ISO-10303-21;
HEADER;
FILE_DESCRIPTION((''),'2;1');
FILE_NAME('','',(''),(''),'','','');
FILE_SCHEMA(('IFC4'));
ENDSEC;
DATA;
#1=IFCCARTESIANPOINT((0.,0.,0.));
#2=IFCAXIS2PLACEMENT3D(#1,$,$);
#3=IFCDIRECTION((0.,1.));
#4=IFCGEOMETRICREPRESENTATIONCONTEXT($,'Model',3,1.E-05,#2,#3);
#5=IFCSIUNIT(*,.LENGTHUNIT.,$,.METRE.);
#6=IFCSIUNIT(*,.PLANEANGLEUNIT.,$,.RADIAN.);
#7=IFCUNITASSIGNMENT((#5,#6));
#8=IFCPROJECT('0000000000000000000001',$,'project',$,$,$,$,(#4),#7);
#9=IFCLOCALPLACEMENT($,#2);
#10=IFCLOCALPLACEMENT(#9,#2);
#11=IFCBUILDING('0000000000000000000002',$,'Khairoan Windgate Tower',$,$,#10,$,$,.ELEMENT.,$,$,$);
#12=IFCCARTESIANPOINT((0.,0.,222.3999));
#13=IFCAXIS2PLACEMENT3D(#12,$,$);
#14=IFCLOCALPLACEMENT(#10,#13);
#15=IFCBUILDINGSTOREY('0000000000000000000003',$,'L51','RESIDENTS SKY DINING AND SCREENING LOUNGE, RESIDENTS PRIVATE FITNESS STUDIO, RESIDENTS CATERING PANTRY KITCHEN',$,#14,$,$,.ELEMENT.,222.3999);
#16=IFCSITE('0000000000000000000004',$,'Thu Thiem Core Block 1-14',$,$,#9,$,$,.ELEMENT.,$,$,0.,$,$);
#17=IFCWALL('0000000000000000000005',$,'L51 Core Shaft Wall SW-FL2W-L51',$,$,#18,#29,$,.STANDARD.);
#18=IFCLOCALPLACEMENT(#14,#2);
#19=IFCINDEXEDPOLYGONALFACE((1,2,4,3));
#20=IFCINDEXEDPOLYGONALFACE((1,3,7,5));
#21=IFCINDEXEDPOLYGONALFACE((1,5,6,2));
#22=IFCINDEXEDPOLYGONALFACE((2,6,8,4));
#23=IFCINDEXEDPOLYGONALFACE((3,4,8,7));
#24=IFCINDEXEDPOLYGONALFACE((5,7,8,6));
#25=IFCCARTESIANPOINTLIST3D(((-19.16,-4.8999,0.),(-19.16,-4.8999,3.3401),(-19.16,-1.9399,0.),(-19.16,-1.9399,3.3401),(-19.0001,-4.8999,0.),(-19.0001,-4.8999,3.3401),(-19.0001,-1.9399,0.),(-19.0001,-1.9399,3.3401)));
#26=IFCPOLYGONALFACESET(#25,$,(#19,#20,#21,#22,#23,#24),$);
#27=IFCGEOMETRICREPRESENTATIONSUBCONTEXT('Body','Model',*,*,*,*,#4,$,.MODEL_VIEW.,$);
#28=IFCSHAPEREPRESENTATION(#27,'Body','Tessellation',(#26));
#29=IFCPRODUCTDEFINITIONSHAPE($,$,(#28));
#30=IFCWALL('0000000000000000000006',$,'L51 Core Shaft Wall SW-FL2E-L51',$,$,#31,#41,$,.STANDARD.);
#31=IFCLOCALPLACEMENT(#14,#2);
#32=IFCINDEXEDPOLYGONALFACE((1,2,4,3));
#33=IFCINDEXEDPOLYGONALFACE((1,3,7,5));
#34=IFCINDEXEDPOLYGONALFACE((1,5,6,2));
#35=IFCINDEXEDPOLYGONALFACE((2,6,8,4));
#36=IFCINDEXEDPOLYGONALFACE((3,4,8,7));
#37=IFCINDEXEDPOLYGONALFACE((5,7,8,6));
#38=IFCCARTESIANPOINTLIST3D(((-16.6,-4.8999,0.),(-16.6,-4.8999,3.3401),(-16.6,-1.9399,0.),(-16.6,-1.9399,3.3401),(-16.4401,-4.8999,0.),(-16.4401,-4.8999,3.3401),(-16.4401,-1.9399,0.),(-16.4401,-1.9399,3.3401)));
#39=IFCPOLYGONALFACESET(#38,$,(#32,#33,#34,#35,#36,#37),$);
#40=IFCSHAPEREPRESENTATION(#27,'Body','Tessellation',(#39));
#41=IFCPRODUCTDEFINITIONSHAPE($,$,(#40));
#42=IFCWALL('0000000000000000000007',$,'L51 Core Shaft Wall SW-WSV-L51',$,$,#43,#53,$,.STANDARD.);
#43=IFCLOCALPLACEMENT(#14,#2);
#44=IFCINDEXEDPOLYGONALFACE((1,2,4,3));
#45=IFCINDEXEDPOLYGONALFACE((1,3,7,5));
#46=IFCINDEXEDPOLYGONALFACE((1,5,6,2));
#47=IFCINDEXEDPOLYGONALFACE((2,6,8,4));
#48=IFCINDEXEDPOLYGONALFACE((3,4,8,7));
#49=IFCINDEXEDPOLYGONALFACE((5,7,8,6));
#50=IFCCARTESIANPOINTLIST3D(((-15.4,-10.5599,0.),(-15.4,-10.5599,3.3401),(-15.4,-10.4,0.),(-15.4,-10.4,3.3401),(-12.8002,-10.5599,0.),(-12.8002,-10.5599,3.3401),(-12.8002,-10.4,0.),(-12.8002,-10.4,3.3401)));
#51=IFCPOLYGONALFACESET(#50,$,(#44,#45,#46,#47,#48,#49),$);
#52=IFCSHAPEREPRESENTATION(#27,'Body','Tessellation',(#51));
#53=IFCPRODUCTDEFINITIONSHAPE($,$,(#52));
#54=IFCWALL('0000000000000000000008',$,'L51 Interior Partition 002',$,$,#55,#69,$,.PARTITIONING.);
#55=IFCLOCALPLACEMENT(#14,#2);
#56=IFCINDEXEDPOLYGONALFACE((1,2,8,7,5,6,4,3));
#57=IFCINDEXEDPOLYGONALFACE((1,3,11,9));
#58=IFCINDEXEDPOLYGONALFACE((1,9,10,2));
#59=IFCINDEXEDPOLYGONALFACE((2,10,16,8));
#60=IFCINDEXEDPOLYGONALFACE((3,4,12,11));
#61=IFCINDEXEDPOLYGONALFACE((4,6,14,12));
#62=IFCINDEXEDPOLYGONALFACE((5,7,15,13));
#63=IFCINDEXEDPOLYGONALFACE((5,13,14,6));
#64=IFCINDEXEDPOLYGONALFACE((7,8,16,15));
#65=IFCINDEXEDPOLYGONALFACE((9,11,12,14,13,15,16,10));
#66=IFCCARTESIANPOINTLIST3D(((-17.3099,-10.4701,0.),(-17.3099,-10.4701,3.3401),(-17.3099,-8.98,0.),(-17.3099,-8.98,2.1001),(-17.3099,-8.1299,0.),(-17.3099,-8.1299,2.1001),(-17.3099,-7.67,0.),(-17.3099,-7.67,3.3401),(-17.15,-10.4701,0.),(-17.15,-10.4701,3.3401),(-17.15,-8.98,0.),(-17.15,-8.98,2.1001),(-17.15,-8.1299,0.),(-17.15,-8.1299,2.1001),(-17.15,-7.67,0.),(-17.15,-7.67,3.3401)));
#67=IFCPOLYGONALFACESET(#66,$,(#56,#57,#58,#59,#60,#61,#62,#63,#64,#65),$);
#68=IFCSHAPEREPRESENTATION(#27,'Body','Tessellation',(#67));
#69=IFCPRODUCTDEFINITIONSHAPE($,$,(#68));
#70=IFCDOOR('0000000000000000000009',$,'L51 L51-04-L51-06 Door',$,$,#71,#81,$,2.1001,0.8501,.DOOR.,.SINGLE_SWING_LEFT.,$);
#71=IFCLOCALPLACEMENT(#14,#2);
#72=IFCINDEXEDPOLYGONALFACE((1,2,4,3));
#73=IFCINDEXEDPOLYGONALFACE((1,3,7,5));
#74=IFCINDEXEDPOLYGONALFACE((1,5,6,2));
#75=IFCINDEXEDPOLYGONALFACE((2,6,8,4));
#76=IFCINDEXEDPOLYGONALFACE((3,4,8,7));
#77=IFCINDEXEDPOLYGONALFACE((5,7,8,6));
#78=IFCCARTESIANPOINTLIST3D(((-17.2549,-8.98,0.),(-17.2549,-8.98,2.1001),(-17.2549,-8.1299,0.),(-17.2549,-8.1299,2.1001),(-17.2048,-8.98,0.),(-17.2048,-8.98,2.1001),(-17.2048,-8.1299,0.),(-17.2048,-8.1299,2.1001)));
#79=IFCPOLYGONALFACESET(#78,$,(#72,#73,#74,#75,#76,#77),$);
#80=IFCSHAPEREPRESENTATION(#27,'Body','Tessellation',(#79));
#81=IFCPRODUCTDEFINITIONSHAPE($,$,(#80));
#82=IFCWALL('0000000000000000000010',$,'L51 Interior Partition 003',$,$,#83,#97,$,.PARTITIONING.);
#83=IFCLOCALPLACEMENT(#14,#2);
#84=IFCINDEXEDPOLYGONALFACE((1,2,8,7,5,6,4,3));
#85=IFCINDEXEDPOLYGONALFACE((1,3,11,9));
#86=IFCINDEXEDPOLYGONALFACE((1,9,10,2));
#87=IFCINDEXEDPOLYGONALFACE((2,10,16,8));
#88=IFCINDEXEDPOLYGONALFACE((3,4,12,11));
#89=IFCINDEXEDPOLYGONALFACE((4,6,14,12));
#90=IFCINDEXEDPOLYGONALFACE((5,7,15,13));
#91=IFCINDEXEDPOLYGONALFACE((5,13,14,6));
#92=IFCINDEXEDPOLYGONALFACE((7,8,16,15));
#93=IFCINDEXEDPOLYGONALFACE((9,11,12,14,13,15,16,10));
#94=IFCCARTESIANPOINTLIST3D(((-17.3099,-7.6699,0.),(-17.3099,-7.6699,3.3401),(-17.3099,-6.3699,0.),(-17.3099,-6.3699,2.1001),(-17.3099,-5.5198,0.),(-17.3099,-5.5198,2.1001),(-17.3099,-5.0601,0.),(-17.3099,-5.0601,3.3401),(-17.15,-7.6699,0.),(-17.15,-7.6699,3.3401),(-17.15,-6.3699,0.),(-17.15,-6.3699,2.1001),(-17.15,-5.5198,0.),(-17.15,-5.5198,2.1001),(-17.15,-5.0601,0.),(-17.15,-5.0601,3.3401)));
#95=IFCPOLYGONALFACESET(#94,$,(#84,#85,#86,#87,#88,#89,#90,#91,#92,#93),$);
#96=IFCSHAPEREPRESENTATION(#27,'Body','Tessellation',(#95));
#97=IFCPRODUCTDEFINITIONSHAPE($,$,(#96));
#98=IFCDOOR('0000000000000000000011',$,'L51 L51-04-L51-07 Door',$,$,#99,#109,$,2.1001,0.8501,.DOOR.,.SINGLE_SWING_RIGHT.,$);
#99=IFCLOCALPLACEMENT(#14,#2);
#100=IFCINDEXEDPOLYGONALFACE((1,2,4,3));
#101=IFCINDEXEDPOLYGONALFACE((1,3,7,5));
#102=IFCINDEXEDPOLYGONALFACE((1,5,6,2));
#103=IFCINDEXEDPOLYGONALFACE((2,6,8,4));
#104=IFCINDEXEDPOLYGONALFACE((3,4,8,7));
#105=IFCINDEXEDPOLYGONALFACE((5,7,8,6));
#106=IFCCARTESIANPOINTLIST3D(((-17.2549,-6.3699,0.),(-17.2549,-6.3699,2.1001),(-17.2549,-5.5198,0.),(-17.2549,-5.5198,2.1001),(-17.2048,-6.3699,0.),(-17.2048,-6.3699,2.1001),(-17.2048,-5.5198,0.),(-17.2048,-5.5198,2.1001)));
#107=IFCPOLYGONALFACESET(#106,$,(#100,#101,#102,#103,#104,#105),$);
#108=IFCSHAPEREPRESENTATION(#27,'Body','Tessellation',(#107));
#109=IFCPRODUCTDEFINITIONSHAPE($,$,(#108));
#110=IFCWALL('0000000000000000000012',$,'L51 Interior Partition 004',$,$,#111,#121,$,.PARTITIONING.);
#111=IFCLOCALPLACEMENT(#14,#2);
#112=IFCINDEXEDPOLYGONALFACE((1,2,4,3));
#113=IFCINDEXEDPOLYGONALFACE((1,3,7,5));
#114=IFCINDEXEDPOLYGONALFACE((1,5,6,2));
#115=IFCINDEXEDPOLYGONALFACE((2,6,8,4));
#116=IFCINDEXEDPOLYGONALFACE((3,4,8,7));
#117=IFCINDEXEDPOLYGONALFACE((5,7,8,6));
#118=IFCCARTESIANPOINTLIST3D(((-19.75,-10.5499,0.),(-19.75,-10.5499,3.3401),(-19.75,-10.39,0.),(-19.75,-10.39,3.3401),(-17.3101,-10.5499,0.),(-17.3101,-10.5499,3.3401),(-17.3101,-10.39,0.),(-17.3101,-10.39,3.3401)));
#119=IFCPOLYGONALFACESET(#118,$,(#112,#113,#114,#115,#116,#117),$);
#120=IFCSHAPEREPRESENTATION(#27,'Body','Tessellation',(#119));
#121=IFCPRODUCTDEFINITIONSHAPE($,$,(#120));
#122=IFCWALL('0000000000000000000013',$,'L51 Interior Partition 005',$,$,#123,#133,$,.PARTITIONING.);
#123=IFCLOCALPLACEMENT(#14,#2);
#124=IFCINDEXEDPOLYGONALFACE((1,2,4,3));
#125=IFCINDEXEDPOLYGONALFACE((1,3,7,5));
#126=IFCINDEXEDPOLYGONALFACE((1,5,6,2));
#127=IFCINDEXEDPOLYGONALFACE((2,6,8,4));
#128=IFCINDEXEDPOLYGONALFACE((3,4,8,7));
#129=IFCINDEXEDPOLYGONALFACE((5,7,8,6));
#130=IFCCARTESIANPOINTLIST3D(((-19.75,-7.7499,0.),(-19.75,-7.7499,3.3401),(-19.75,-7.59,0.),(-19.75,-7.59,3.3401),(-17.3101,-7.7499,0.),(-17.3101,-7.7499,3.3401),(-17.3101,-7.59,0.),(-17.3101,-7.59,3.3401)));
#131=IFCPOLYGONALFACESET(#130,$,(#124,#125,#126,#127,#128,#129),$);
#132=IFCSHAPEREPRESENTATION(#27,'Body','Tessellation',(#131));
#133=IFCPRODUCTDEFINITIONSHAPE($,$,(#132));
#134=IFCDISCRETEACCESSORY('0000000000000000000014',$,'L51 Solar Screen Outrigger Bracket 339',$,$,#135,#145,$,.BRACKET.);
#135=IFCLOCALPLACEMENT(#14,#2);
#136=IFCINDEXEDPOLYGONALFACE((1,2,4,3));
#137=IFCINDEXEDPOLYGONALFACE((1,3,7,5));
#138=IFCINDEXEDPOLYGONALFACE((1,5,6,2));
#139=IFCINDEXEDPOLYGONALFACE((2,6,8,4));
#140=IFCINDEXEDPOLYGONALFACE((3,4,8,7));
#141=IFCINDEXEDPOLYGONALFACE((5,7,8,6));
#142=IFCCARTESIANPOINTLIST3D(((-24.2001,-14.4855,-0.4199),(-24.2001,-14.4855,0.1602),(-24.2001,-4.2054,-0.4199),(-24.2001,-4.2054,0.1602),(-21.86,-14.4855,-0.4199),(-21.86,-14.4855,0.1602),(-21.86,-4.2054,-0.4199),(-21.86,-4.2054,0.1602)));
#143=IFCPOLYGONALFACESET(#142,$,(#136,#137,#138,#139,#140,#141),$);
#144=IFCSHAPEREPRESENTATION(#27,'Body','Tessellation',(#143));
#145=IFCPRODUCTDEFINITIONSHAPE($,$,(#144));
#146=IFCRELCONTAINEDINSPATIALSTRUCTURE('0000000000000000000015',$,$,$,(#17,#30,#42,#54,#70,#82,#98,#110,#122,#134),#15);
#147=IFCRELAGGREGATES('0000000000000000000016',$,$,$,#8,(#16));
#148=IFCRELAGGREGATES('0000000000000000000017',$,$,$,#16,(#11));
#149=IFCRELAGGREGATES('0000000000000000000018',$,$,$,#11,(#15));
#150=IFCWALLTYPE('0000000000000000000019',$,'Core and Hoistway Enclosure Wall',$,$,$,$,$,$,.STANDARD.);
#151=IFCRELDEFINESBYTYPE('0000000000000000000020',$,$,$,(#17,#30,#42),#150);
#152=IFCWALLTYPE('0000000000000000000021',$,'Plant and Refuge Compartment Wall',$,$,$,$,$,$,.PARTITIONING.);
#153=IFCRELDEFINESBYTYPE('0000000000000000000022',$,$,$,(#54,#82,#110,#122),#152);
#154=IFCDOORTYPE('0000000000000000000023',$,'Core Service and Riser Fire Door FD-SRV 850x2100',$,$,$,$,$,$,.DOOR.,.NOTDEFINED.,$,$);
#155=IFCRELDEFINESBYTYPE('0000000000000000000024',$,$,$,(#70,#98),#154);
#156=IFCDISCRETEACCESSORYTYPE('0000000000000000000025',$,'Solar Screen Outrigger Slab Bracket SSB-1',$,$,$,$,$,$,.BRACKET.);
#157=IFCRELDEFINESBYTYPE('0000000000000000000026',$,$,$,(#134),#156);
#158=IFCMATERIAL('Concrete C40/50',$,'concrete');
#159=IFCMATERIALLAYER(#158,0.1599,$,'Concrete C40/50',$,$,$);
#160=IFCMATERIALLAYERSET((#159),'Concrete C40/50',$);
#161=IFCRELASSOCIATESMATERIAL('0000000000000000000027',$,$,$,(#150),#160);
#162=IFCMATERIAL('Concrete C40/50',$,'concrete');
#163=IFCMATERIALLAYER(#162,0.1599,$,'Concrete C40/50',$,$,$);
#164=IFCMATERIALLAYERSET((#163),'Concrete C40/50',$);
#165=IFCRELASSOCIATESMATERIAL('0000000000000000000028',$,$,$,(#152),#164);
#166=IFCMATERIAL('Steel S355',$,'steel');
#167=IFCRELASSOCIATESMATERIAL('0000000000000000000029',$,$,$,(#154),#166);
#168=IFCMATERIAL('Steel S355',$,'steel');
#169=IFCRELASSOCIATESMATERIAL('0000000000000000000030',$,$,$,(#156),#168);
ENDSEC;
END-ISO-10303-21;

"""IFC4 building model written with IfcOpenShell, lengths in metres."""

from ifc_helpers import new_model, si_unit, direction, frame, frame_2d, origin, origin_2d, place, context, subcontext, project, spatial, rectangle, extrude, material, layer, layer_set, type_object, element, fill, save


model = new_model("IFC4")

# Units and contexts
model_context = context("Model", 3, precision=1e-05, world=origin(), true_north=direction((0.0, 1.0)))
body_context = subcontext(model_context, "Body", "Model", "MODEL_VIEW")
ifc_project = project(units=[si_unit("LENGTHUNIT", "METRE"), si_unit("PLANEANGLEUNIT", "RADIAN")], contexts=[model_context])

# Site, building, storey
site_placement = place(None, origin())
site = spatial("IfcSite", under=ifc_project, at=site_placement, Name="Thu Thiem Core Block 1-14", CompositionType="ELEMENT", RefElevation=0.0)
building_placement = place(site_placement, origin())
building = spatial("IfcBuilding", under=site, at=building_placement, Name="Khairoan Windgate Tower", CompositionType="ELEMENT")
storey_placement = place(building_placement, frame((0.0, 0.0, 222.3999)))
storey = spatial("IfcBuildingStorey", under=building, at=storey_placement, Name="L51", Description="RESIDENTS SKY DINING AND SCREENING LOUNGE, RESIDENTS PRIVATE FITNESS STUDIO, RESIDENTS CATERING PANTRY KITCHEN", CompositionType="ELEMENT", Elevation=222.3999)

# Shared definitions
ifc_material_1 = material(Name="Concrete C40/50", Category="concrete")
ifc_layer_1 = layer(ifc_material_1, 0.1599, Name="Concrete C40/50")
ifc_layer_set_1 = layer_set([ifc_layer_1], Name="Concrete C40/50")
wall_type_1 = type_object("IfcWallType", Name="Core and Hoistway Enclosure Wall", PredefinedType="STANDARD", material=ifc_layer_set_1)

# Walls
for number, where, z_axis, x_axis, name in (
    (1, (-19.0801, -4.8999, 0.0), (0.0, 0.0, 1.0), (0.0, 1.0, 0.0), "L51 Core Shaft Wall SW-FL2W-L51"),
    (2, (-16.52, -4.8999, 0.0), (0.0, 0.0, 1.0), (0.0, 1.0, 0.0), "L51 Core Shaft Wall SW-FL2E-L51"),
):
    element("IfcWall", number, at=place(storey_placement, frame(where, z_axis=z_axis, x_axis=x_axis)), inside=storey, type_object=wall_type_1, Name=name, PredefinedType="STANDARD", context=body_context, shape_type="SweptSolid", body=[
        extrude(rectangle(XDim=2.96, YDim=0.1599, at=frame_2d((1.48, 0.0))), origin(), (0.0, 0.0, 1.0), 3.3401),
    ])
wall_1_placement = place(storey_placement, frame((-15.3999, -10.48, 0.0), z_axis=(0.0, 0.0, 1.0), x_axis=(1.0, 0.0, 0.0)))
element("IfcWall", 3, at=wall_1_placement, inside=storey, type_object=wall_type_1, Name="L51 Core Shaft Wall SW-WSV-L51", PredefinedType="STANDARD", context=body_context, shape_type="SweptSolid", body=[
    extrude(rectangle(XDim=2.5999, YDim=0.1599, at=frame_2d((1.2998, 0.0))), origin(), (0.0, 0.0, 1.0), 3.3401),
])

# Walls, openings, doors
ifc_material_2 = material(Name="Concrete C40/50", Category="concrete")
ifc_layer_2 = layer(ifc_material_2, 0.1599, Name="Concrete C40/50")
ifc_layer_set_2 = layer_set([ifc_layer_2], Name="Concrete C40/50")
wall_type_2 = type_object("IfcWallType", Name="Plant and Refuge Compartment Wall", PredefinedType="PARTITIONING", material=ifc_layer_set_2)
wall_2_placement = place(storey_placement, frame((-17.23, -10.47, 0.0), z_axis=(0.0, 0.0, 1.0), x_axis=(0.0, 1.0, 0.0)))
wall_2 = element("IfcWall", 4, at=wall_2_placement, inside=storey, type_object=wall_type_2, Name="L51 Interior Partition 002", PredefinedType="PARTITIONING", context=body_context, shape_type="SweptSolid", body=[
    extrude(rectangle(XDim=2.8, YDim=0.1599, at=frame_2d((1.3999, 0.0))), origin(), (0.0, 0.0, 1.0), 3.3401),
])
opening_1_placement = place(wall_2_placement, frame((1.49, 0.0, 0.0)))
opening_1 = element("IfcOpeningElement", 5, at=opening_1_placement, cuts=wall_2, PredefinedType="OPENING", context=body_context, shape_type="SweptSolid", body=[
    extrude(rectangle(XDim=0.8501, YDim=2.1001, at=frame_2d((0.425, 1.05))), frame((0.0, 0.0898, 0.0), z_axis=(0.0, -1.0, 0.0), x_axis=(1.0, 0.0, 0.0)), (0.0, 0.0, 1.0), 0.1799),
])
ifc_material_3 = material(Name="Steel S355", Category="steel")
door_type_1 = type_object("IfcDoorType", Name="Core Service and Riser Fire Door FD-SRV 850x2100", OperationType="NOTDEFINED", PredefinedType="DOOR", material=ifc_material_3)
door_1_placement = place(opening_1_placement, origin())
door_1 = element("IfcDoor", 6, at=door_1_placement, inside=storey, type_object=door_type_1, Name="L51 L51-04-L51-06 Door", OperationType="SINGLE_SWING_LEFT", OverallHeight=2.1001, OverallWidth=0.8501, PredefinedType="DOOR", context=body_context, shape_type="SweptSolid", body=[
    extrude(rectangle(XDim=0.8501, YDim=2.1001, at=frame_2d((0.425, 1.05))), frame((0.0, 0.0249, 0.0), z_axis=(0.0, -1.0, 0.0), x_axis=(1.0, 0.0, 0.0)), (0.0, 0.0, 1.0), 0.05),
])
fill(opening_1, door_1)
wall_3_placement = place(storey_placement, frame((-17.23, -7.6699, 0.0), z_axis=(0.0, 0.0, 1.0), x_axis=(0.0, 1.0, 0.0)))
wall_3 = element("IfcWall", 7, at=wall_3_placement, inside=storey, type_object=wall_type_2, Name="L51 Interior Partition 003", PredefinedType="PARTITIONING", context=body_context, shape_type="SweptSolid", body=[
    extrude(rectangle(XDim=2.6099, YDim=0.1599, at=frame_2d((1.3049, 0.0))), origin(), (0.0, 0.0, 1.0), 3.3401),
])
opening_2_placement = place(wall_3_placement, frame((1.3, 0.0, 0.0)))
opening_2 = element("IfcOpeningElement", 8, at=opening_2_placement, cuts=wall_3, PredefinedType="OPENING", context=body_context, shape_type="SweptSolid", body=[
    extrude(rectangle(XDim=0.8501, YDim=2.1001, at=frame_2d((0.425, 1.05))), frame((0.0, 0.0898, 0.0), z_axis=(0.0, -1.0, 0.0), x_axis=(1.0, 0.0, 0.0)), (0.0, 0.0, 1.0), 0.1799),
])
door_2_placement = place(opening_2_placement, origin())
door_2 = element("IfcDoor", 9, at=door_2_placement, inside=storey, type_object=door_type_1, Name="L51 L51-04-L51-07 Door", OperationType="SINGLE_SWING_RIGHT", OverallHeight=2.1001, OverallWidth=0.8501, PredefinedType="DOOR", context=body_context, shape_type="SweptSolid", body=[
    extrude(rectangle(XDim=0.8501, YDim=2.1001, at=frame_2d((0.425, 1.05))), frame((0.0, 0.0249, 0.0), z_axis=(0.0, -1.0, 0.0), x_axis=(1.0, 0.0, 0.0)), (0.0, 0.0, 1.0), 0.05),
])
fill(opening_2, door_2)

# Walls
for number, where, z_axis, x_axis, name in (
    (10, (-19.75, -10.47, 0.0), (0.0, 0.0, 1.0), (1.0, 0.0, 0.0), "L51 Interior Partition 004"),
    (11, (-19.75, -7.6699, 0.0), (0.0, 0.0, 1.0), (1.0, 0.0, 0.0), "L51 Interior Partition 005"),
):
    element("IfcWall", number, at=place(storey_placement, frame(where, z_axis=z_axis, x_axis=x_axis)), inside=storey, type_object=wall_type_2, Name=name, PredefinedType="PARTITIONING", context=body_context, shape_type="SweptSolid", body=[
        extrude(rectangle(XDim=2.4399, YDim=0.1599, at=frame_2d((1.22, 0.0))), origin(), (0.0, 0.0, 1.0), 3.3401),
    ])

# Discrete accessory
ifc_material_4 = material(Name="Steel S355", Category="steel")
discrete_accessory_type = type_object("IfcDiscreteAccessoryType", Name="Solar Screen Outrigger Slab Bracket SSB-1", PredefinedType="BRACKET", material=ifc_material_4)
discrete_accessory_placement = place(storey_placement, frame((-23.03, -9.3455, -0.4199), z_axis=(0.0, 0.0, 1.0), x_axis=(0.0, 1.0, 0.0)))
element("IfcDiscreteAccessory", 12, at=discrete_accessory_placement, inside=storey, type_object=discrete_accessory_type, Name="L51 Solar Screen Outrigger Bracket 339", PredefinedType="BRACKET", context=body_context, shape_type="SweptSolid", body=[
    extrude(rectangle(XDim=10.28, YDim=2.3401, at=origin_2d()), origin(), (0.0, 0.0, 1.0), 0.5801),
])

save(model, "model.ifc")
